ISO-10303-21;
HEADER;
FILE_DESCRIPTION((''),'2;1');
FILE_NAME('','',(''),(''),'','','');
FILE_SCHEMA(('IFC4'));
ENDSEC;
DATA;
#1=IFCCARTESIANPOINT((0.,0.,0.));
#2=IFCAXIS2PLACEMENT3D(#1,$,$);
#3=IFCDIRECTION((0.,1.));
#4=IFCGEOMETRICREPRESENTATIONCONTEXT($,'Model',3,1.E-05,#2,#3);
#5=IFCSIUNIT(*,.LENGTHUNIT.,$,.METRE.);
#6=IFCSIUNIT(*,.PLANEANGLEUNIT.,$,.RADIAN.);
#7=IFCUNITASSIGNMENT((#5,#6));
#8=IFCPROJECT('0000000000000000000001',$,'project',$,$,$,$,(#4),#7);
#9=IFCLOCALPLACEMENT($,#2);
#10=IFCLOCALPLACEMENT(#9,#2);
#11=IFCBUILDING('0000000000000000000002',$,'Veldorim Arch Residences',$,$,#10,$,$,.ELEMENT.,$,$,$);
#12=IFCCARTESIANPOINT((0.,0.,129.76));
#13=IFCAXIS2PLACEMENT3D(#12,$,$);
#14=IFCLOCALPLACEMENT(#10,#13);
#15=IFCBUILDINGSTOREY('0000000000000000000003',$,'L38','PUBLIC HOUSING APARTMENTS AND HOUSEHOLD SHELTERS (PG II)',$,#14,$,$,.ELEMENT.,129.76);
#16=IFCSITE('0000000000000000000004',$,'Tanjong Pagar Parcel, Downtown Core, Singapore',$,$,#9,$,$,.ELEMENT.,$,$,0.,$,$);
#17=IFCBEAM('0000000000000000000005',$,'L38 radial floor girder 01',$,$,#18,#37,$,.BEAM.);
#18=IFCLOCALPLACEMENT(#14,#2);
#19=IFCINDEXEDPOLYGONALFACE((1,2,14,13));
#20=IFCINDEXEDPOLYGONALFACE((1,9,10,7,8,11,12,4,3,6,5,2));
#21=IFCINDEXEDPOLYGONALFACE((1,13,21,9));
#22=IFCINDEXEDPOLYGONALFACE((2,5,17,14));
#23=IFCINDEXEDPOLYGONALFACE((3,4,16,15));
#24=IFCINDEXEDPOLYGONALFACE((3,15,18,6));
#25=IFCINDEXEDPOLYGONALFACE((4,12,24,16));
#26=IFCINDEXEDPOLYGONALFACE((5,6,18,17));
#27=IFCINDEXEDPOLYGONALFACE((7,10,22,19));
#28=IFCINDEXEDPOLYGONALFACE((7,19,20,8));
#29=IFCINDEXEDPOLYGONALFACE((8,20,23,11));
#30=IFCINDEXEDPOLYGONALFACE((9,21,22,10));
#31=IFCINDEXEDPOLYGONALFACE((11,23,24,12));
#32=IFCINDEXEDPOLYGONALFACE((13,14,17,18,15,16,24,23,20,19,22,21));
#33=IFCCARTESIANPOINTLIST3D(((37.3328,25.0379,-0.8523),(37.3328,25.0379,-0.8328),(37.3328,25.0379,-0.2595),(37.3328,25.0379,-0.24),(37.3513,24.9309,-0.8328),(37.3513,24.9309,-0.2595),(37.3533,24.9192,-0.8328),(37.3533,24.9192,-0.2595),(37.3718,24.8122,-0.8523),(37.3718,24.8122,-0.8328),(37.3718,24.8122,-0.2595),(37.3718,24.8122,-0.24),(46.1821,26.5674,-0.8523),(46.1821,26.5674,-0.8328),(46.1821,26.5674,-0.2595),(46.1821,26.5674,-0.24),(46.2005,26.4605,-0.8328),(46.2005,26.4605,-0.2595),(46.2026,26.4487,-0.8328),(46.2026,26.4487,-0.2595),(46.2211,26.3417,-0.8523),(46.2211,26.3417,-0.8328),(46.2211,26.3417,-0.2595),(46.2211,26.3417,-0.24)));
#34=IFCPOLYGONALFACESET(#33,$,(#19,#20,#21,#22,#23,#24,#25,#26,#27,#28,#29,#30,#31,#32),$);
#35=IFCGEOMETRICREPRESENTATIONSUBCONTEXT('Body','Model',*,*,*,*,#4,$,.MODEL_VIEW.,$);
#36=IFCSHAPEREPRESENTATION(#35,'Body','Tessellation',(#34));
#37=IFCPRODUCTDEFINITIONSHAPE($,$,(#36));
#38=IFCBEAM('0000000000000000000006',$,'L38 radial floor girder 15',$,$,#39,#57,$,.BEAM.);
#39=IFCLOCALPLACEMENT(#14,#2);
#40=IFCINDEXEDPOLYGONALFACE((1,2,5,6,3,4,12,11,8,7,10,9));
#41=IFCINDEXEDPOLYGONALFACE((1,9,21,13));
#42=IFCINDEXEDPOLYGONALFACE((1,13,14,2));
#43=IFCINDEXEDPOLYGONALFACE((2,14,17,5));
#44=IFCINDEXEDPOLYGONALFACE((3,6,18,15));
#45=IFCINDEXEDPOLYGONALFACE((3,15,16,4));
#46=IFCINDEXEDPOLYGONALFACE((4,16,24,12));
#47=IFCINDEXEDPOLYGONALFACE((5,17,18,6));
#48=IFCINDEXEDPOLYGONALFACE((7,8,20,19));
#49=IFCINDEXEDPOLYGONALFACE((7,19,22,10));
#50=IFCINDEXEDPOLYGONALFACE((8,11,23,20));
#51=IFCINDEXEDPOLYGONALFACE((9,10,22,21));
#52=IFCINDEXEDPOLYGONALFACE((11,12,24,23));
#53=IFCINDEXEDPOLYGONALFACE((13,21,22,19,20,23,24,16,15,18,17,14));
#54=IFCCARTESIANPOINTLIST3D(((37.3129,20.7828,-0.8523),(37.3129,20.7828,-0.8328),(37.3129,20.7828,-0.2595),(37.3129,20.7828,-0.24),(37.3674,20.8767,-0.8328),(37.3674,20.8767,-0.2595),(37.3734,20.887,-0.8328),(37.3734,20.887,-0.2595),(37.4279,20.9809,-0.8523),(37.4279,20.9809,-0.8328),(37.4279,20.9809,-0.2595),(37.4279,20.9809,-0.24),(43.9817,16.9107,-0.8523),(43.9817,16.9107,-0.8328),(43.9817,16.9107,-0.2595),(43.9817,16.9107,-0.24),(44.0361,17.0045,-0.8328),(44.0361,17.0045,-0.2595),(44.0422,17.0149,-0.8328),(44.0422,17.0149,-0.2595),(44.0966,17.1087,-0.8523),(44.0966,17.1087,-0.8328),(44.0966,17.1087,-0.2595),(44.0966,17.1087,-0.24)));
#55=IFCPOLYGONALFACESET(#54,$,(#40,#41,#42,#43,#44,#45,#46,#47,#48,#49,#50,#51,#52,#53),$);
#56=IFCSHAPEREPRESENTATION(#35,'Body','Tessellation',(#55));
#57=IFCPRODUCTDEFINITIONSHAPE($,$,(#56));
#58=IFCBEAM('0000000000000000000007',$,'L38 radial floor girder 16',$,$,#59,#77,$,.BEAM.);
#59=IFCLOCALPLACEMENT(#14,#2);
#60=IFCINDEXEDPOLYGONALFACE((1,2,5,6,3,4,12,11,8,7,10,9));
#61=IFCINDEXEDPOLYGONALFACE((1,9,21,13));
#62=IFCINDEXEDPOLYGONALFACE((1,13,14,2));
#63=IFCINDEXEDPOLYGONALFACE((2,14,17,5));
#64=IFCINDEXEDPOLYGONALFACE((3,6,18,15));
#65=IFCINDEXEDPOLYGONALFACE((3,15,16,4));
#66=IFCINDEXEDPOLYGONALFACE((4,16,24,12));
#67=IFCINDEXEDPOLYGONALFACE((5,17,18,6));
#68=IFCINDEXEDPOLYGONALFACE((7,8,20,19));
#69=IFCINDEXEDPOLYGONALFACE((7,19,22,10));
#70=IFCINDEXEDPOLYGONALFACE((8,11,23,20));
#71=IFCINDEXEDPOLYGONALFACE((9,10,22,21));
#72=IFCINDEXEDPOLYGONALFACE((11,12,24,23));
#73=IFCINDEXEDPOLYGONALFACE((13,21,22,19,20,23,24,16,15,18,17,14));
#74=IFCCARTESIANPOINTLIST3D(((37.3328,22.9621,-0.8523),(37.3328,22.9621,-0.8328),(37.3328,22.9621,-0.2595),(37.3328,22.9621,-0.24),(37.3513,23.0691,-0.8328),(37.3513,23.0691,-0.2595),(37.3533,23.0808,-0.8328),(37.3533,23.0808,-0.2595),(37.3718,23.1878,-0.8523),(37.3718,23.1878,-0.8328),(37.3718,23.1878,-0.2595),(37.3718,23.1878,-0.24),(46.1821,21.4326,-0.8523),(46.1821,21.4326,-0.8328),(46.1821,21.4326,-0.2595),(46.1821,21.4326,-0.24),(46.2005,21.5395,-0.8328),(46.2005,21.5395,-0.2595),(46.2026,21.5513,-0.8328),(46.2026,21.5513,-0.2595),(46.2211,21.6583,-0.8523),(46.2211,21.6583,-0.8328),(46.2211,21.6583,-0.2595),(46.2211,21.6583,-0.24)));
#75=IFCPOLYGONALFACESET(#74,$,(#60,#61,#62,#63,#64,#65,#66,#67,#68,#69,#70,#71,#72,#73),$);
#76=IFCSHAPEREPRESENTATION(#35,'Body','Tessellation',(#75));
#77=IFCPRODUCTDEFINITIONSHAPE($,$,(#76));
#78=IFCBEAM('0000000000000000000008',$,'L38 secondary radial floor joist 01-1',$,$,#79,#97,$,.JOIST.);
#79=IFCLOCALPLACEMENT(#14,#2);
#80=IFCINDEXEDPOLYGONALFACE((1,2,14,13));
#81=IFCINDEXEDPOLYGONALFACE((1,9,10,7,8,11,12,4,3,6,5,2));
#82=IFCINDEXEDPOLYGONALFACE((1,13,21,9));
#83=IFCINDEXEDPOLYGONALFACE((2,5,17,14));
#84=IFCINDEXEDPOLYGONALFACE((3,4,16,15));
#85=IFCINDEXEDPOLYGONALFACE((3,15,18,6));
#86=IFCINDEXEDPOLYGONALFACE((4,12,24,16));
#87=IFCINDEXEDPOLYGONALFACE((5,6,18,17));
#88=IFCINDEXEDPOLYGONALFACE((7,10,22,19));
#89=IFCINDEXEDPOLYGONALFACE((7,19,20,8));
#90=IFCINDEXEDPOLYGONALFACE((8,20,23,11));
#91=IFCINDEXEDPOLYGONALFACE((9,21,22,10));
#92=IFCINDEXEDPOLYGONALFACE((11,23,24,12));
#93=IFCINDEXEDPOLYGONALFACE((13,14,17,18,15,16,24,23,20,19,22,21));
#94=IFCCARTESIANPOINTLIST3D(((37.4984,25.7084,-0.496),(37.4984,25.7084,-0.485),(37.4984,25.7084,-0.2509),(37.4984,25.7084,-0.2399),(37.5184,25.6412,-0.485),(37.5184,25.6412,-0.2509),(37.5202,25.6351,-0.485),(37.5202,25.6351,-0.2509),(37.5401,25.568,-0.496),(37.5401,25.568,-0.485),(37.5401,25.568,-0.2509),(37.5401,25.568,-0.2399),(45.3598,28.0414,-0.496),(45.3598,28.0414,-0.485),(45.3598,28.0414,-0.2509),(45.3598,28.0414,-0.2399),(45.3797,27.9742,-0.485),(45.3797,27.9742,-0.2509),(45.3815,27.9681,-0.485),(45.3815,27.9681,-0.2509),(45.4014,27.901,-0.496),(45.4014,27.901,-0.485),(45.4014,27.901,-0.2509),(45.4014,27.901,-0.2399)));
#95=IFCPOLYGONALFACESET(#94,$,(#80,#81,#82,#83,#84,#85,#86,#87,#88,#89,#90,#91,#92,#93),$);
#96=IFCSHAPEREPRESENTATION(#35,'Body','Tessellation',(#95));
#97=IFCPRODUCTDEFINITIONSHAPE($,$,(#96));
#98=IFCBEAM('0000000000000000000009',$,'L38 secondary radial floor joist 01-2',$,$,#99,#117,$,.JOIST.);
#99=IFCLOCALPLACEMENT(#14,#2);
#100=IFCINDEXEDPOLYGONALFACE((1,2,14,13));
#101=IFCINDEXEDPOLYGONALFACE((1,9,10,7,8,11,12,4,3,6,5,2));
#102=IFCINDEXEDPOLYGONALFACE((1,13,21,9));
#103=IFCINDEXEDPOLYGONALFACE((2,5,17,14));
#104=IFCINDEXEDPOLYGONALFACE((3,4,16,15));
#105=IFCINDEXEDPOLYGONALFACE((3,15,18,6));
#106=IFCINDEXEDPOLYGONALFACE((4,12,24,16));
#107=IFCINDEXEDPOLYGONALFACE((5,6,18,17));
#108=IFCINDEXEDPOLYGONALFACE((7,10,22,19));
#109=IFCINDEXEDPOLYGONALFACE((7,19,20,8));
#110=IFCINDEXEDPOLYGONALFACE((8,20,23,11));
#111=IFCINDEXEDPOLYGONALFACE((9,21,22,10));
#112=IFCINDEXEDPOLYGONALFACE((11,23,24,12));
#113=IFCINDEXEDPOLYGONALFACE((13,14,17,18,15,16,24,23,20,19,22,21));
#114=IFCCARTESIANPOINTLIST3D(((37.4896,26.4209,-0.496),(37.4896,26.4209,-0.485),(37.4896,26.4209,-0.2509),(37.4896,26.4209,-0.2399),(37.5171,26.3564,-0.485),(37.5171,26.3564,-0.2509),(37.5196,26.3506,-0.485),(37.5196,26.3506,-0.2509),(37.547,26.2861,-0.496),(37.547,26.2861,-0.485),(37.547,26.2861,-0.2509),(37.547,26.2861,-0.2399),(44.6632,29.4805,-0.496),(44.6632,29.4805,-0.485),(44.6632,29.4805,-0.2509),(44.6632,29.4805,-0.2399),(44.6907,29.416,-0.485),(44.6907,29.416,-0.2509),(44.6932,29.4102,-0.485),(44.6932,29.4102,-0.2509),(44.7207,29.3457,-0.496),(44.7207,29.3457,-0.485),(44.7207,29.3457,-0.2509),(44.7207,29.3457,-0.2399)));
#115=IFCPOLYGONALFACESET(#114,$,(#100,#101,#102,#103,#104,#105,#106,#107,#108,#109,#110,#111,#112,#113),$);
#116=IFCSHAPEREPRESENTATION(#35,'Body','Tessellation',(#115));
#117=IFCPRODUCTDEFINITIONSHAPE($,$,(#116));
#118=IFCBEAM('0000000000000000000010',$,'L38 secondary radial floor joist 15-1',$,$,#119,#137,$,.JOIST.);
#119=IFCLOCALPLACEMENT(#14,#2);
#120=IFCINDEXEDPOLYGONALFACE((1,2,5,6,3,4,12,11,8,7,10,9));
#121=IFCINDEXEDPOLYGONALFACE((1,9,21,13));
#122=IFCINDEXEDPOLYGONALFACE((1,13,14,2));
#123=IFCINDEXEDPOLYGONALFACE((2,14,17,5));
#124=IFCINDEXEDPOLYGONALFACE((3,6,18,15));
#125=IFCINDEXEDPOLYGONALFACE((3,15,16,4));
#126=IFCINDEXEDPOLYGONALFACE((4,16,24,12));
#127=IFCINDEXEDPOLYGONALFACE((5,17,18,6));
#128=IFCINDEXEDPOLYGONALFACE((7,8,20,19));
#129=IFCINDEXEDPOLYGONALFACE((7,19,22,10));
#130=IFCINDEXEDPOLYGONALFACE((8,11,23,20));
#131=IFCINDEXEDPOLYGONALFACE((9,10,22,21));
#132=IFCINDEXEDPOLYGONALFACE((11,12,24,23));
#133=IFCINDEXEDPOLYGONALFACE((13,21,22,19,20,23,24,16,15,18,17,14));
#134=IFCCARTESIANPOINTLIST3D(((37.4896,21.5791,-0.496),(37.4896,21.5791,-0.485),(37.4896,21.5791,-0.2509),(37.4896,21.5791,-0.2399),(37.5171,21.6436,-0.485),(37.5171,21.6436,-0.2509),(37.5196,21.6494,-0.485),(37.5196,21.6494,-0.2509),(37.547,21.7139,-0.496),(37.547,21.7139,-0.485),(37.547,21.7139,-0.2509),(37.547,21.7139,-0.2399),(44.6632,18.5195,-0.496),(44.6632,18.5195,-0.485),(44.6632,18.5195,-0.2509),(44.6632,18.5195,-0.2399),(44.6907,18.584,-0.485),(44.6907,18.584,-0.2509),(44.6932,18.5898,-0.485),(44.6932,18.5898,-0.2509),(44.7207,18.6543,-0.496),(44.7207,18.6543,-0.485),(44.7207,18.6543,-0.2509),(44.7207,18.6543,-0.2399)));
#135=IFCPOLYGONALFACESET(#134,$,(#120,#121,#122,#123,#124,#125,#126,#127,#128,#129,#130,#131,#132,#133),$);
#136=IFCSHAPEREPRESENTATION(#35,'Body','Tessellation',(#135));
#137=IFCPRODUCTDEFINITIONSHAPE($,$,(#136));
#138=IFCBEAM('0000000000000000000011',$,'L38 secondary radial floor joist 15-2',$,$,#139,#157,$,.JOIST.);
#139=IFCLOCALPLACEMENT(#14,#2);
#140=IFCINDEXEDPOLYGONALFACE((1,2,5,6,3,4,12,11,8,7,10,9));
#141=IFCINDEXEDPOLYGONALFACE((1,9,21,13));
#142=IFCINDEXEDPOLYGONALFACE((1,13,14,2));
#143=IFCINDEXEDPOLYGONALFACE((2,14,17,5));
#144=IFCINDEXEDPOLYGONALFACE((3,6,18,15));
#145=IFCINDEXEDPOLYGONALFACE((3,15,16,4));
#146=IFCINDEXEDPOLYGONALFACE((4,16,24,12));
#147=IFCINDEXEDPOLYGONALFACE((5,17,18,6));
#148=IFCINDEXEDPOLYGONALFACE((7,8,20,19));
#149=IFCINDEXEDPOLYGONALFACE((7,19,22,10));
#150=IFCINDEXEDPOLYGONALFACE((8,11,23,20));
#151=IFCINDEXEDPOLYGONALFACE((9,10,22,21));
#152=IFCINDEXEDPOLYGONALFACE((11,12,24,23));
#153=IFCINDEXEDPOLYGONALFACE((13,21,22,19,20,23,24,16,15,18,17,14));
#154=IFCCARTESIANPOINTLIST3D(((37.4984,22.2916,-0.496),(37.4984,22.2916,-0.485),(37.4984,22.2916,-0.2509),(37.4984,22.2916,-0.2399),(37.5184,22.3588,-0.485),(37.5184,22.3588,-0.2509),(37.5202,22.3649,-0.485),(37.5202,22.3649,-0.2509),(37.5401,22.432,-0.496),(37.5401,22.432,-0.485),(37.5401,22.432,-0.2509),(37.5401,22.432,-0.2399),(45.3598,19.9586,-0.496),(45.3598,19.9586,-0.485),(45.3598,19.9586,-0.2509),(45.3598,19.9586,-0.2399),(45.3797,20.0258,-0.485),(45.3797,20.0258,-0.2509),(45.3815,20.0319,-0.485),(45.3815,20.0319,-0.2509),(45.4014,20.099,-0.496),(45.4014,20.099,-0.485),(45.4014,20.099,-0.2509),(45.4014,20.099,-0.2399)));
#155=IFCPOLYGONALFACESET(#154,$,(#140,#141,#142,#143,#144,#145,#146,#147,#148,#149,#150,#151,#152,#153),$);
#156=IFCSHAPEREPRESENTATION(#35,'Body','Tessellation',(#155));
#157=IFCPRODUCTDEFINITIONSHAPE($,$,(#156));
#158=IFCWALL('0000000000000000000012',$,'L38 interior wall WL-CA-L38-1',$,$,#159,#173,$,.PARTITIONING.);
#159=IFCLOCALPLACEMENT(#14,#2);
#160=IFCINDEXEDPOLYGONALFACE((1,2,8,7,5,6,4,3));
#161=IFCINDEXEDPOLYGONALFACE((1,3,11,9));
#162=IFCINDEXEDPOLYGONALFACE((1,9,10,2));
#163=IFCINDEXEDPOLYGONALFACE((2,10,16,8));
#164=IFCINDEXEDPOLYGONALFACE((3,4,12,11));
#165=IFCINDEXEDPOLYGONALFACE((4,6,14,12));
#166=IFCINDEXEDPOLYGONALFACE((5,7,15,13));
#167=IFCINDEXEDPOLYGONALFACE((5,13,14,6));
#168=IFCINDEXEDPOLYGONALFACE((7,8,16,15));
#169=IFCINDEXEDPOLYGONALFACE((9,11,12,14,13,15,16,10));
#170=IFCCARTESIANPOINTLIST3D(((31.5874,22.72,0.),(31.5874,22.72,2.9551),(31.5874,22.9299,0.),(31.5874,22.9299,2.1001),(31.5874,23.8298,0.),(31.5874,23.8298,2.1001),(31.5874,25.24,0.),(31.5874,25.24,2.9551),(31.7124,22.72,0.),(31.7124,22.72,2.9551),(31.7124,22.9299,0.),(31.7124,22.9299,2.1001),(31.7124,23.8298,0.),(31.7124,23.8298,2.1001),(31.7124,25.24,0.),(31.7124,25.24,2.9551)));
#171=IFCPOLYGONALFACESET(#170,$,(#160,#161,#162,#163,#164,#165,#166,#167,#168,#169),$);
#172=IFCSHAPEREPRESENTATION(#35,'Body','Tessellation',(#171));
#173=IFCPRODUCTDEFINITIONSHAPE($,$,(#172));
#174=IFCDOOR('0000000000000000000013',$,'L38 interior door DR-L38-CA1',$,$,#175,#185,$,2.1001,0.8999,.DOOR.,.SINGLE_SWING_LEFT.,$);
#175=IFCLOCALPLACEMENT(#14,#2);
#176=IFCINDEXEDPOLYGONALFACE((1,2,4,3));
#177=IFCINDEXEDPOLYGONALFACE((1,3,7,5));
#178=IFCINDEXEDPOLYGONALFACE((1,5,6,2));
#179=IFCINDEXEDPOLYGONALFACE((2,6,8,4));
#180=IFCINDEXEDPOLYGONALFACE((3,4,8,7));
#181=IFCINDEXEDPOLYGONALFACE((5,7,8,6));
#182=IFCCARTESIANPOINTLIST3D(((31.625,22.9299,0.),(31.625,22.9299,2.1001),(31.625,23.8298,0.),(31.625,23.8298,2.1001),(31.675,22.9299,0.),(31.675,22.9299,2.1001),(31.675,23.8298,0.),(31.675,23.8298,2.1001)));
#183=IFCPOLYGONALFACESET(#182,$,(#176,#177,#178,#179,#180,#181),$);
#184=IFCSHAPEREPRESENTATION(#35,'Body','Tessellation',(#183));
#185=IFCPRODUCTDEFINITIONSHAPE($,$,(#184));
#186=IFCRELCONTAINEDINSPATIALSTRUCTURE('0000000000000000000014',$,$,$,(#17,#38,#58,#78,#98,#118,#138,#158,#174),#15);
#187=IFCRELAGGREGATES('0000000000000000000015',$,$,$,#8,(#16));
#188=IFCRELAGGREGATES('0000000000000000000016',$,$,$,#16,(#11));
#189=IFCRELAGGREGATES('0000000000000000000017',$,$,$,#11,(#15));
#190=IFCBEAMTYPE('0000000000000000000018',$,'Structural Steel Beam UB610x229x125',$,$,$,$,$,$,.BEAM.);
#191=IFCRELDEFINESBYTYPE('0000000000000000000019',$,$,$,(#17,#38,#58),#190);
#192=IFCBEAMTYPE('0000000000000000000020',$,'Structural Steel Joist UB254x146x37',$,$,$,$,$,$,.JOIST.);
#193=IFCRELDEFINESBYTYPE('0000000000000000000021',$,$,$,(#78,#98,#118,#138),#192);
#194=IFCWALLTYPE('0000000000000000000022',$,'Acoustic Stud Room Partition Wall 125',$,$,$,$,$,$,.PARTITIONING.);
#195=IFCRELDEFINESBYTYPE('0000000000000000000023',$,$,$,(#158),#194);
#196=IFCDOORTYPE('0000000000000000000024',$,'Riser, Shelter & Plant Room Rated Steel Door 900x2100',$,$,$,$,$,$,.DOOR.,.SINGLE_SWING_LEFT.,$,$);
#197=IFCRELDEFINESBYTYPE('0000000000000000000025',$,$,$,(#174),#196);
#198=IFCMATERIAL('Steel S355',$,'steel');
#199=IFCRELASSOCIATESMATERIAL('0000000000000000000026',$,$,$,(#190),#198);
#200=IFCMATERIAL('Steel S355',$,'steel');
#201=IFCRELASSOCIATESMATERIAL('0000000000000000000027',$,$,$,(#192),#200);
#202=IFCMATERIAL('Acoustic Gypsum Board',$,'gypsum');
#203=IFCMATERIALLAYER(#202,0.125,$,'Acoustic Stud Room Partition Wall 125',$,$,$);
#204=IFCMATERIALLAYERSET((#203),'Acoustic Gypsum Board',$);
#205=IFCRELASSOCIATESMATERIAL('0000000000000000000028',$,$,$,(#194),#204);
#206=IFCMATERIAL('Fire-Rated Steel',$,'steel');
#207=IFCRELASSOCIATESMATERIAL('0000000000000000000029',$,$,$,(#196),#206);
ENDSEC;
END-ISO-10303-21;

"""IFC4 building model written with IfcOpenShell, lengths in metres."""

from ifc_helpers import new_model, si_unit, direction, frame, frame_2d, origin, origin_2d, place, context, subcontext, project, spatial, rectangle, i_section, extrude, material, layer, layer_set, material_profile, profile_set, type_object, element, fill, save


model = new_model("IFC4")

# Units and contexts
model_context = context("Model", 3, precision=1e-05, world=origin(), true_north=direction((0.0, 1.0)))
body_context = subcontext(model_context, "Body", "Model", "MODEL_VIEW")
ifc_project = project(units=[si_unit("LENGTHUNIT", "METRE"), si_unit("PLANEANGLEUNIT", "RADIAN")], contexts=[model_context])

# Site, building, storey
site_placement = place(None, origin())
site = spatial("IfcSite", under=ifc_project, at=site_placement, Name="Tanjong Pagar Parcel, Downtown Core, Singapore", CompositionType="ELEMENT", RefElevation=0.0)
building_placement = place(site_placement, origin())
building = spatial("IfcBuilding", under=site, at=building_placement, Name="Veldorim Arch Residences", CompositionType="ELEMENT")
storey_placement = place(building_placement, frame((0.0, 0.0, 129.76)))
storey = spatial("IfcBuildingStorey", under=building, at=storey_placement, Name="L38", Description="PUBLIC HOUSING APARTMENTS AND HOUSEHOLD SHELTERS (PG II)", CompositionType="ELEMENT", Elevation=129.76)

# Beams
ifc_material_1 = material(Name="Steel S355", Category="steel")
ifc_material_profile_1 = material_profile(ifc_material_1, i_section(OverallWidth=0.229, OverallDepth=0.6123, WebThickness=0.012, FlangeThickness=0.0195, at=origin_2d()), Name="UB610x229x125")
ifc_profile_set_1 = profile_set([ifc_material_profile_1], Name="Steel S355")
beam_type_1 = type_object("IfcBeamType", Name="Structural Steel Beam UB610x229x125", PredefinedType="BEAM", material=ifc_profile_set_1)
beam_1_placement = place(storey_placement, frame((37.3523, 24.925, -0.5461), z_axis=(0.985389, 0.170317, 0.0), x_axis=(-0.170317, 0.985389, 0.0)))
element("IfcBeam", 1, at=beam_1_placement, inside=storey, type_object=beam_type_1, Name="L38 radial floor girder 01", PredefinedType="BEAM", context=body_context, shape_type="SweptSolid", body=[
    extrude(i_section(OverallWidth=0.229, OverallDepth=0.6123, WebThickness=0.012, FlangeThickness=0.0195, at=origin_2d()), origin(), (0.0, 0.0, 1.0), 8.9805),
])
beam_2_placement = place(storey_placement, frame((37.3704, 20.8818, -0.5461), z_axis=(0.864793, -0.502128, 0.0), x_axis=(0.502128, 0.864793, 0.0)))
element("IfcBeam", 2, at=beam_2_placement, inside=storey, type_object=beam_type_1, Name="L38 radial floor girder 15", PredefinedType="BEAM", context=body_context, shape_type="SweptSolid", body=[
    extrude(i_section(OverallWidth=0.229, OverallDepth=0.6123, WebThickness=0.012, FlangeThickness=0.0195, at=origin_2d()), origin(), (0.0, 0.0, 1.0), 7.7114),
])
beam_3_placement = place(storey_placement, frame((37.3523, 23.075, -0.5461), z_axis=(0.985389, -0.170317, 0.0), x_axis=(0.170317, 0.985389, 0.0)))
element("IfcBeam", 3, at=beam_3_placement, inside=storey, type_object=beam_type_1, Name="L38 radial floor girder 16", PredefinedType="BEAM", context=body_context, shape_type="SweptSolid", body=[
    extrude(i_section(OverallWidth=0.229, OverallDepth=0.6123, WebThickness=0.012, FlangeThickness=0.0195, at=origin_2d()), origin(), (0.0, 0.0, 1.0), 8.9805),
])
ifc_material_2 = material(Name="Steel S355", Category="steel")
ifc_material_profile_2 = material_profile(ifc_material_2, i_section(OverallWidth=0.1465, OverallDepth=0.2561, WebThickness=0.0063, FlangeThickness=0.011, at=origin_2d()), Name="UB254x146x37")
ifc_profile_set_2 = profile_set([ifc_material_profile_2], Name="Steel S355")
beam_type_2 = type_object("IfcBeamType", Name="Structural Steel Joist UB254x146x37", PredefinedType="JOIST", material=ifc_profile_set_2)
beam_4_placement = place(storey_placement, frame((37.5193, 25.6382, -0.3679), z_axis=(0.958674, 0.284506, 0.0), x_axis=(-0.284506, 0.958674, 0.0)))
element("IfcBeam", 4, at=beam_4_placement, inside=storey, type_object=beam_type_2, Name="L38 secondary radial floor joist 01-1", PredefinedType="JOIST", context=body_context, shape_type="SweptSolid", body=[
    extrude(i_section(OverallWidth=0.1465, OverallDepth=0.2561, WebThickness=0.0063, FlangeThickness=0.011, at=origin_2d()), origin(), (0.0, 0.0, 1.0), 8.2002),
])
for number, where, z_axis, x_axis, name in (
    (5, (37.5183, 26.3535, -0.3679), (0.919832, 0.392313, 0.0), (-0.392313, 0.919832, 0.0), "L38 secondary radial floor joist 01-2"),
    (6, (37.5183, 21.6465, -0.3679), (0.919832, -0.392313, 0.0), (0.392313, 0.919832, 0.0), "L38 secondary radial floor joist 15-1"),
):
    element("IfcBeam", number, at=place(storey_placement, frame(where, z_axis=z_axis, x_axis=x_axis)), inside=storey, type_object=beam_type_2, Name=name, PredefinedType="JOIST", context=body_context, shape_type="SweptSolid", body=[
        extrude(i_section(OverallWidth=0.1465, OverallDepth=0.2561, WebThickness=0.0063, FlangeThickness=0.011, at=origin_2d()), origin(), (0.0, 0.0, 1.0), 7.7988),
    ])
beam_5_placement = place(storey_placement, frame((37.5193, 22.3618, -0.3679), z_axis=(0.958674, -0.284506, 0.0), x_axis=(0.284506, 0.958674, 0.0)))
element("IfcBeam", 7, at=beam_5_placement, inside=storey, type_object=beam_type_2, Name="L38 secondary radial floor joist 15-2", PredefinedType="JOIST", context=body_context, shape_type="SweptSolid", body=[
    extrude(i_section(OverallWidth=0.1465, OverallDepth=0.2561, WebThickness=0.0063, FlangeThickness=0.011, at=origin_2d()), origin(), (0.0, 0.0, 1.0), 8.2002),
])

# Wall, opening, door
ifc_material_3 = material(Name="Acoustic Gypsum Board", Category="gypsum")
ifc_layer_1 = layer(ifc_material_3, 0.125, Name="Acoustic Stud Room Partition Wall 125")
ifc_layer_set_1 = layer_set([ifc_layer_1], Name="Acoustic Gypsum Board")
wall_type_1 = type_object("IfcWallType", Name="Acoustic Stud Room Partition Wall 125", PredefinedType="PARTITIONING", material=ifc_layer_set_1)
wall_1_placement = place(storey_placement, frame((31.6499, 22.72, 0.0), z_axis=(0.0, 0.0, 1.0), x_axis=(0.0, 1.0, 0.0)))
wall_1 = element("IfcWall", 8, at=wall_1_placement, inside=storey, type_object=wall_type_1, Name="L38 interior wall WL-CA-L38-1", PredefinedType="PARTITIONING", context=body_context, shape_type="SweptSolid", body=[
    extrude(rectangle(XDim=2.52, YDim=0.125, at=frame_2d((1.26, 0.0))), origin(), (0.0, 0.0, 1.0), 2.9551),
])
opening_1_placement = place(wall_1_placement, frame((0.21, 0.0, 0.0)))
opening_1 = element("IfcOpeningElement", 9, at=opening_1_placement, cuts=wall_1, PredefinedType="OPENING", context=body_context, shape_type="SweptSolid", body=[
    extrude(rectangle(XDim=0.8999, YDim=2.1001, at=frame_2d((0.45, 1.05))), frame((0.0, 0.0725, 0.0), z_axis=(0.0, -1.0, 0.0), x_axis=(1.0, 0.0, 0.0)), (0.0, 0.0, 1.0), 0.145),
])
ifc_material_4 = material(Name="Fire-Rated Steel", Category="steel")
door_type = type_object("IfcDoorType", Name="Riser, Shelter & Plant Room Rated Steel Door 900x2100", OperationType="SINGLE_SWING_LEFT", PredefinedType="DOOR", material=ifc_material_4)
door_1_placement = place(opening_1_placement, origin())
door_1 = element("IfcDoor", 10, at=door_1_placement, inside=storey, type_object=door_type, Name="L38 interior door DR-L38-CA1", OperationType="SINGLE_SWING_LEFT", OverallHeight=2.1001, OverallWidth=0.8999, PredefinedType="DOOR", context=body_context, shape_type="SweptSolid", body=[
    extrude(rectangle(XDim=0.8999, YDim=2.1001, at=frame_2d((0.45, 1.05))), frame((0.0, 0.0249, 0.0), z_axis=(0.0, -1.0, 0.0), x_axis=(1.0, 0.0, 0.0)), (0.0, 0.0, 1.0), 0.05),
])
fill(opening_1, door_1)

save(model, "model.ifc")
